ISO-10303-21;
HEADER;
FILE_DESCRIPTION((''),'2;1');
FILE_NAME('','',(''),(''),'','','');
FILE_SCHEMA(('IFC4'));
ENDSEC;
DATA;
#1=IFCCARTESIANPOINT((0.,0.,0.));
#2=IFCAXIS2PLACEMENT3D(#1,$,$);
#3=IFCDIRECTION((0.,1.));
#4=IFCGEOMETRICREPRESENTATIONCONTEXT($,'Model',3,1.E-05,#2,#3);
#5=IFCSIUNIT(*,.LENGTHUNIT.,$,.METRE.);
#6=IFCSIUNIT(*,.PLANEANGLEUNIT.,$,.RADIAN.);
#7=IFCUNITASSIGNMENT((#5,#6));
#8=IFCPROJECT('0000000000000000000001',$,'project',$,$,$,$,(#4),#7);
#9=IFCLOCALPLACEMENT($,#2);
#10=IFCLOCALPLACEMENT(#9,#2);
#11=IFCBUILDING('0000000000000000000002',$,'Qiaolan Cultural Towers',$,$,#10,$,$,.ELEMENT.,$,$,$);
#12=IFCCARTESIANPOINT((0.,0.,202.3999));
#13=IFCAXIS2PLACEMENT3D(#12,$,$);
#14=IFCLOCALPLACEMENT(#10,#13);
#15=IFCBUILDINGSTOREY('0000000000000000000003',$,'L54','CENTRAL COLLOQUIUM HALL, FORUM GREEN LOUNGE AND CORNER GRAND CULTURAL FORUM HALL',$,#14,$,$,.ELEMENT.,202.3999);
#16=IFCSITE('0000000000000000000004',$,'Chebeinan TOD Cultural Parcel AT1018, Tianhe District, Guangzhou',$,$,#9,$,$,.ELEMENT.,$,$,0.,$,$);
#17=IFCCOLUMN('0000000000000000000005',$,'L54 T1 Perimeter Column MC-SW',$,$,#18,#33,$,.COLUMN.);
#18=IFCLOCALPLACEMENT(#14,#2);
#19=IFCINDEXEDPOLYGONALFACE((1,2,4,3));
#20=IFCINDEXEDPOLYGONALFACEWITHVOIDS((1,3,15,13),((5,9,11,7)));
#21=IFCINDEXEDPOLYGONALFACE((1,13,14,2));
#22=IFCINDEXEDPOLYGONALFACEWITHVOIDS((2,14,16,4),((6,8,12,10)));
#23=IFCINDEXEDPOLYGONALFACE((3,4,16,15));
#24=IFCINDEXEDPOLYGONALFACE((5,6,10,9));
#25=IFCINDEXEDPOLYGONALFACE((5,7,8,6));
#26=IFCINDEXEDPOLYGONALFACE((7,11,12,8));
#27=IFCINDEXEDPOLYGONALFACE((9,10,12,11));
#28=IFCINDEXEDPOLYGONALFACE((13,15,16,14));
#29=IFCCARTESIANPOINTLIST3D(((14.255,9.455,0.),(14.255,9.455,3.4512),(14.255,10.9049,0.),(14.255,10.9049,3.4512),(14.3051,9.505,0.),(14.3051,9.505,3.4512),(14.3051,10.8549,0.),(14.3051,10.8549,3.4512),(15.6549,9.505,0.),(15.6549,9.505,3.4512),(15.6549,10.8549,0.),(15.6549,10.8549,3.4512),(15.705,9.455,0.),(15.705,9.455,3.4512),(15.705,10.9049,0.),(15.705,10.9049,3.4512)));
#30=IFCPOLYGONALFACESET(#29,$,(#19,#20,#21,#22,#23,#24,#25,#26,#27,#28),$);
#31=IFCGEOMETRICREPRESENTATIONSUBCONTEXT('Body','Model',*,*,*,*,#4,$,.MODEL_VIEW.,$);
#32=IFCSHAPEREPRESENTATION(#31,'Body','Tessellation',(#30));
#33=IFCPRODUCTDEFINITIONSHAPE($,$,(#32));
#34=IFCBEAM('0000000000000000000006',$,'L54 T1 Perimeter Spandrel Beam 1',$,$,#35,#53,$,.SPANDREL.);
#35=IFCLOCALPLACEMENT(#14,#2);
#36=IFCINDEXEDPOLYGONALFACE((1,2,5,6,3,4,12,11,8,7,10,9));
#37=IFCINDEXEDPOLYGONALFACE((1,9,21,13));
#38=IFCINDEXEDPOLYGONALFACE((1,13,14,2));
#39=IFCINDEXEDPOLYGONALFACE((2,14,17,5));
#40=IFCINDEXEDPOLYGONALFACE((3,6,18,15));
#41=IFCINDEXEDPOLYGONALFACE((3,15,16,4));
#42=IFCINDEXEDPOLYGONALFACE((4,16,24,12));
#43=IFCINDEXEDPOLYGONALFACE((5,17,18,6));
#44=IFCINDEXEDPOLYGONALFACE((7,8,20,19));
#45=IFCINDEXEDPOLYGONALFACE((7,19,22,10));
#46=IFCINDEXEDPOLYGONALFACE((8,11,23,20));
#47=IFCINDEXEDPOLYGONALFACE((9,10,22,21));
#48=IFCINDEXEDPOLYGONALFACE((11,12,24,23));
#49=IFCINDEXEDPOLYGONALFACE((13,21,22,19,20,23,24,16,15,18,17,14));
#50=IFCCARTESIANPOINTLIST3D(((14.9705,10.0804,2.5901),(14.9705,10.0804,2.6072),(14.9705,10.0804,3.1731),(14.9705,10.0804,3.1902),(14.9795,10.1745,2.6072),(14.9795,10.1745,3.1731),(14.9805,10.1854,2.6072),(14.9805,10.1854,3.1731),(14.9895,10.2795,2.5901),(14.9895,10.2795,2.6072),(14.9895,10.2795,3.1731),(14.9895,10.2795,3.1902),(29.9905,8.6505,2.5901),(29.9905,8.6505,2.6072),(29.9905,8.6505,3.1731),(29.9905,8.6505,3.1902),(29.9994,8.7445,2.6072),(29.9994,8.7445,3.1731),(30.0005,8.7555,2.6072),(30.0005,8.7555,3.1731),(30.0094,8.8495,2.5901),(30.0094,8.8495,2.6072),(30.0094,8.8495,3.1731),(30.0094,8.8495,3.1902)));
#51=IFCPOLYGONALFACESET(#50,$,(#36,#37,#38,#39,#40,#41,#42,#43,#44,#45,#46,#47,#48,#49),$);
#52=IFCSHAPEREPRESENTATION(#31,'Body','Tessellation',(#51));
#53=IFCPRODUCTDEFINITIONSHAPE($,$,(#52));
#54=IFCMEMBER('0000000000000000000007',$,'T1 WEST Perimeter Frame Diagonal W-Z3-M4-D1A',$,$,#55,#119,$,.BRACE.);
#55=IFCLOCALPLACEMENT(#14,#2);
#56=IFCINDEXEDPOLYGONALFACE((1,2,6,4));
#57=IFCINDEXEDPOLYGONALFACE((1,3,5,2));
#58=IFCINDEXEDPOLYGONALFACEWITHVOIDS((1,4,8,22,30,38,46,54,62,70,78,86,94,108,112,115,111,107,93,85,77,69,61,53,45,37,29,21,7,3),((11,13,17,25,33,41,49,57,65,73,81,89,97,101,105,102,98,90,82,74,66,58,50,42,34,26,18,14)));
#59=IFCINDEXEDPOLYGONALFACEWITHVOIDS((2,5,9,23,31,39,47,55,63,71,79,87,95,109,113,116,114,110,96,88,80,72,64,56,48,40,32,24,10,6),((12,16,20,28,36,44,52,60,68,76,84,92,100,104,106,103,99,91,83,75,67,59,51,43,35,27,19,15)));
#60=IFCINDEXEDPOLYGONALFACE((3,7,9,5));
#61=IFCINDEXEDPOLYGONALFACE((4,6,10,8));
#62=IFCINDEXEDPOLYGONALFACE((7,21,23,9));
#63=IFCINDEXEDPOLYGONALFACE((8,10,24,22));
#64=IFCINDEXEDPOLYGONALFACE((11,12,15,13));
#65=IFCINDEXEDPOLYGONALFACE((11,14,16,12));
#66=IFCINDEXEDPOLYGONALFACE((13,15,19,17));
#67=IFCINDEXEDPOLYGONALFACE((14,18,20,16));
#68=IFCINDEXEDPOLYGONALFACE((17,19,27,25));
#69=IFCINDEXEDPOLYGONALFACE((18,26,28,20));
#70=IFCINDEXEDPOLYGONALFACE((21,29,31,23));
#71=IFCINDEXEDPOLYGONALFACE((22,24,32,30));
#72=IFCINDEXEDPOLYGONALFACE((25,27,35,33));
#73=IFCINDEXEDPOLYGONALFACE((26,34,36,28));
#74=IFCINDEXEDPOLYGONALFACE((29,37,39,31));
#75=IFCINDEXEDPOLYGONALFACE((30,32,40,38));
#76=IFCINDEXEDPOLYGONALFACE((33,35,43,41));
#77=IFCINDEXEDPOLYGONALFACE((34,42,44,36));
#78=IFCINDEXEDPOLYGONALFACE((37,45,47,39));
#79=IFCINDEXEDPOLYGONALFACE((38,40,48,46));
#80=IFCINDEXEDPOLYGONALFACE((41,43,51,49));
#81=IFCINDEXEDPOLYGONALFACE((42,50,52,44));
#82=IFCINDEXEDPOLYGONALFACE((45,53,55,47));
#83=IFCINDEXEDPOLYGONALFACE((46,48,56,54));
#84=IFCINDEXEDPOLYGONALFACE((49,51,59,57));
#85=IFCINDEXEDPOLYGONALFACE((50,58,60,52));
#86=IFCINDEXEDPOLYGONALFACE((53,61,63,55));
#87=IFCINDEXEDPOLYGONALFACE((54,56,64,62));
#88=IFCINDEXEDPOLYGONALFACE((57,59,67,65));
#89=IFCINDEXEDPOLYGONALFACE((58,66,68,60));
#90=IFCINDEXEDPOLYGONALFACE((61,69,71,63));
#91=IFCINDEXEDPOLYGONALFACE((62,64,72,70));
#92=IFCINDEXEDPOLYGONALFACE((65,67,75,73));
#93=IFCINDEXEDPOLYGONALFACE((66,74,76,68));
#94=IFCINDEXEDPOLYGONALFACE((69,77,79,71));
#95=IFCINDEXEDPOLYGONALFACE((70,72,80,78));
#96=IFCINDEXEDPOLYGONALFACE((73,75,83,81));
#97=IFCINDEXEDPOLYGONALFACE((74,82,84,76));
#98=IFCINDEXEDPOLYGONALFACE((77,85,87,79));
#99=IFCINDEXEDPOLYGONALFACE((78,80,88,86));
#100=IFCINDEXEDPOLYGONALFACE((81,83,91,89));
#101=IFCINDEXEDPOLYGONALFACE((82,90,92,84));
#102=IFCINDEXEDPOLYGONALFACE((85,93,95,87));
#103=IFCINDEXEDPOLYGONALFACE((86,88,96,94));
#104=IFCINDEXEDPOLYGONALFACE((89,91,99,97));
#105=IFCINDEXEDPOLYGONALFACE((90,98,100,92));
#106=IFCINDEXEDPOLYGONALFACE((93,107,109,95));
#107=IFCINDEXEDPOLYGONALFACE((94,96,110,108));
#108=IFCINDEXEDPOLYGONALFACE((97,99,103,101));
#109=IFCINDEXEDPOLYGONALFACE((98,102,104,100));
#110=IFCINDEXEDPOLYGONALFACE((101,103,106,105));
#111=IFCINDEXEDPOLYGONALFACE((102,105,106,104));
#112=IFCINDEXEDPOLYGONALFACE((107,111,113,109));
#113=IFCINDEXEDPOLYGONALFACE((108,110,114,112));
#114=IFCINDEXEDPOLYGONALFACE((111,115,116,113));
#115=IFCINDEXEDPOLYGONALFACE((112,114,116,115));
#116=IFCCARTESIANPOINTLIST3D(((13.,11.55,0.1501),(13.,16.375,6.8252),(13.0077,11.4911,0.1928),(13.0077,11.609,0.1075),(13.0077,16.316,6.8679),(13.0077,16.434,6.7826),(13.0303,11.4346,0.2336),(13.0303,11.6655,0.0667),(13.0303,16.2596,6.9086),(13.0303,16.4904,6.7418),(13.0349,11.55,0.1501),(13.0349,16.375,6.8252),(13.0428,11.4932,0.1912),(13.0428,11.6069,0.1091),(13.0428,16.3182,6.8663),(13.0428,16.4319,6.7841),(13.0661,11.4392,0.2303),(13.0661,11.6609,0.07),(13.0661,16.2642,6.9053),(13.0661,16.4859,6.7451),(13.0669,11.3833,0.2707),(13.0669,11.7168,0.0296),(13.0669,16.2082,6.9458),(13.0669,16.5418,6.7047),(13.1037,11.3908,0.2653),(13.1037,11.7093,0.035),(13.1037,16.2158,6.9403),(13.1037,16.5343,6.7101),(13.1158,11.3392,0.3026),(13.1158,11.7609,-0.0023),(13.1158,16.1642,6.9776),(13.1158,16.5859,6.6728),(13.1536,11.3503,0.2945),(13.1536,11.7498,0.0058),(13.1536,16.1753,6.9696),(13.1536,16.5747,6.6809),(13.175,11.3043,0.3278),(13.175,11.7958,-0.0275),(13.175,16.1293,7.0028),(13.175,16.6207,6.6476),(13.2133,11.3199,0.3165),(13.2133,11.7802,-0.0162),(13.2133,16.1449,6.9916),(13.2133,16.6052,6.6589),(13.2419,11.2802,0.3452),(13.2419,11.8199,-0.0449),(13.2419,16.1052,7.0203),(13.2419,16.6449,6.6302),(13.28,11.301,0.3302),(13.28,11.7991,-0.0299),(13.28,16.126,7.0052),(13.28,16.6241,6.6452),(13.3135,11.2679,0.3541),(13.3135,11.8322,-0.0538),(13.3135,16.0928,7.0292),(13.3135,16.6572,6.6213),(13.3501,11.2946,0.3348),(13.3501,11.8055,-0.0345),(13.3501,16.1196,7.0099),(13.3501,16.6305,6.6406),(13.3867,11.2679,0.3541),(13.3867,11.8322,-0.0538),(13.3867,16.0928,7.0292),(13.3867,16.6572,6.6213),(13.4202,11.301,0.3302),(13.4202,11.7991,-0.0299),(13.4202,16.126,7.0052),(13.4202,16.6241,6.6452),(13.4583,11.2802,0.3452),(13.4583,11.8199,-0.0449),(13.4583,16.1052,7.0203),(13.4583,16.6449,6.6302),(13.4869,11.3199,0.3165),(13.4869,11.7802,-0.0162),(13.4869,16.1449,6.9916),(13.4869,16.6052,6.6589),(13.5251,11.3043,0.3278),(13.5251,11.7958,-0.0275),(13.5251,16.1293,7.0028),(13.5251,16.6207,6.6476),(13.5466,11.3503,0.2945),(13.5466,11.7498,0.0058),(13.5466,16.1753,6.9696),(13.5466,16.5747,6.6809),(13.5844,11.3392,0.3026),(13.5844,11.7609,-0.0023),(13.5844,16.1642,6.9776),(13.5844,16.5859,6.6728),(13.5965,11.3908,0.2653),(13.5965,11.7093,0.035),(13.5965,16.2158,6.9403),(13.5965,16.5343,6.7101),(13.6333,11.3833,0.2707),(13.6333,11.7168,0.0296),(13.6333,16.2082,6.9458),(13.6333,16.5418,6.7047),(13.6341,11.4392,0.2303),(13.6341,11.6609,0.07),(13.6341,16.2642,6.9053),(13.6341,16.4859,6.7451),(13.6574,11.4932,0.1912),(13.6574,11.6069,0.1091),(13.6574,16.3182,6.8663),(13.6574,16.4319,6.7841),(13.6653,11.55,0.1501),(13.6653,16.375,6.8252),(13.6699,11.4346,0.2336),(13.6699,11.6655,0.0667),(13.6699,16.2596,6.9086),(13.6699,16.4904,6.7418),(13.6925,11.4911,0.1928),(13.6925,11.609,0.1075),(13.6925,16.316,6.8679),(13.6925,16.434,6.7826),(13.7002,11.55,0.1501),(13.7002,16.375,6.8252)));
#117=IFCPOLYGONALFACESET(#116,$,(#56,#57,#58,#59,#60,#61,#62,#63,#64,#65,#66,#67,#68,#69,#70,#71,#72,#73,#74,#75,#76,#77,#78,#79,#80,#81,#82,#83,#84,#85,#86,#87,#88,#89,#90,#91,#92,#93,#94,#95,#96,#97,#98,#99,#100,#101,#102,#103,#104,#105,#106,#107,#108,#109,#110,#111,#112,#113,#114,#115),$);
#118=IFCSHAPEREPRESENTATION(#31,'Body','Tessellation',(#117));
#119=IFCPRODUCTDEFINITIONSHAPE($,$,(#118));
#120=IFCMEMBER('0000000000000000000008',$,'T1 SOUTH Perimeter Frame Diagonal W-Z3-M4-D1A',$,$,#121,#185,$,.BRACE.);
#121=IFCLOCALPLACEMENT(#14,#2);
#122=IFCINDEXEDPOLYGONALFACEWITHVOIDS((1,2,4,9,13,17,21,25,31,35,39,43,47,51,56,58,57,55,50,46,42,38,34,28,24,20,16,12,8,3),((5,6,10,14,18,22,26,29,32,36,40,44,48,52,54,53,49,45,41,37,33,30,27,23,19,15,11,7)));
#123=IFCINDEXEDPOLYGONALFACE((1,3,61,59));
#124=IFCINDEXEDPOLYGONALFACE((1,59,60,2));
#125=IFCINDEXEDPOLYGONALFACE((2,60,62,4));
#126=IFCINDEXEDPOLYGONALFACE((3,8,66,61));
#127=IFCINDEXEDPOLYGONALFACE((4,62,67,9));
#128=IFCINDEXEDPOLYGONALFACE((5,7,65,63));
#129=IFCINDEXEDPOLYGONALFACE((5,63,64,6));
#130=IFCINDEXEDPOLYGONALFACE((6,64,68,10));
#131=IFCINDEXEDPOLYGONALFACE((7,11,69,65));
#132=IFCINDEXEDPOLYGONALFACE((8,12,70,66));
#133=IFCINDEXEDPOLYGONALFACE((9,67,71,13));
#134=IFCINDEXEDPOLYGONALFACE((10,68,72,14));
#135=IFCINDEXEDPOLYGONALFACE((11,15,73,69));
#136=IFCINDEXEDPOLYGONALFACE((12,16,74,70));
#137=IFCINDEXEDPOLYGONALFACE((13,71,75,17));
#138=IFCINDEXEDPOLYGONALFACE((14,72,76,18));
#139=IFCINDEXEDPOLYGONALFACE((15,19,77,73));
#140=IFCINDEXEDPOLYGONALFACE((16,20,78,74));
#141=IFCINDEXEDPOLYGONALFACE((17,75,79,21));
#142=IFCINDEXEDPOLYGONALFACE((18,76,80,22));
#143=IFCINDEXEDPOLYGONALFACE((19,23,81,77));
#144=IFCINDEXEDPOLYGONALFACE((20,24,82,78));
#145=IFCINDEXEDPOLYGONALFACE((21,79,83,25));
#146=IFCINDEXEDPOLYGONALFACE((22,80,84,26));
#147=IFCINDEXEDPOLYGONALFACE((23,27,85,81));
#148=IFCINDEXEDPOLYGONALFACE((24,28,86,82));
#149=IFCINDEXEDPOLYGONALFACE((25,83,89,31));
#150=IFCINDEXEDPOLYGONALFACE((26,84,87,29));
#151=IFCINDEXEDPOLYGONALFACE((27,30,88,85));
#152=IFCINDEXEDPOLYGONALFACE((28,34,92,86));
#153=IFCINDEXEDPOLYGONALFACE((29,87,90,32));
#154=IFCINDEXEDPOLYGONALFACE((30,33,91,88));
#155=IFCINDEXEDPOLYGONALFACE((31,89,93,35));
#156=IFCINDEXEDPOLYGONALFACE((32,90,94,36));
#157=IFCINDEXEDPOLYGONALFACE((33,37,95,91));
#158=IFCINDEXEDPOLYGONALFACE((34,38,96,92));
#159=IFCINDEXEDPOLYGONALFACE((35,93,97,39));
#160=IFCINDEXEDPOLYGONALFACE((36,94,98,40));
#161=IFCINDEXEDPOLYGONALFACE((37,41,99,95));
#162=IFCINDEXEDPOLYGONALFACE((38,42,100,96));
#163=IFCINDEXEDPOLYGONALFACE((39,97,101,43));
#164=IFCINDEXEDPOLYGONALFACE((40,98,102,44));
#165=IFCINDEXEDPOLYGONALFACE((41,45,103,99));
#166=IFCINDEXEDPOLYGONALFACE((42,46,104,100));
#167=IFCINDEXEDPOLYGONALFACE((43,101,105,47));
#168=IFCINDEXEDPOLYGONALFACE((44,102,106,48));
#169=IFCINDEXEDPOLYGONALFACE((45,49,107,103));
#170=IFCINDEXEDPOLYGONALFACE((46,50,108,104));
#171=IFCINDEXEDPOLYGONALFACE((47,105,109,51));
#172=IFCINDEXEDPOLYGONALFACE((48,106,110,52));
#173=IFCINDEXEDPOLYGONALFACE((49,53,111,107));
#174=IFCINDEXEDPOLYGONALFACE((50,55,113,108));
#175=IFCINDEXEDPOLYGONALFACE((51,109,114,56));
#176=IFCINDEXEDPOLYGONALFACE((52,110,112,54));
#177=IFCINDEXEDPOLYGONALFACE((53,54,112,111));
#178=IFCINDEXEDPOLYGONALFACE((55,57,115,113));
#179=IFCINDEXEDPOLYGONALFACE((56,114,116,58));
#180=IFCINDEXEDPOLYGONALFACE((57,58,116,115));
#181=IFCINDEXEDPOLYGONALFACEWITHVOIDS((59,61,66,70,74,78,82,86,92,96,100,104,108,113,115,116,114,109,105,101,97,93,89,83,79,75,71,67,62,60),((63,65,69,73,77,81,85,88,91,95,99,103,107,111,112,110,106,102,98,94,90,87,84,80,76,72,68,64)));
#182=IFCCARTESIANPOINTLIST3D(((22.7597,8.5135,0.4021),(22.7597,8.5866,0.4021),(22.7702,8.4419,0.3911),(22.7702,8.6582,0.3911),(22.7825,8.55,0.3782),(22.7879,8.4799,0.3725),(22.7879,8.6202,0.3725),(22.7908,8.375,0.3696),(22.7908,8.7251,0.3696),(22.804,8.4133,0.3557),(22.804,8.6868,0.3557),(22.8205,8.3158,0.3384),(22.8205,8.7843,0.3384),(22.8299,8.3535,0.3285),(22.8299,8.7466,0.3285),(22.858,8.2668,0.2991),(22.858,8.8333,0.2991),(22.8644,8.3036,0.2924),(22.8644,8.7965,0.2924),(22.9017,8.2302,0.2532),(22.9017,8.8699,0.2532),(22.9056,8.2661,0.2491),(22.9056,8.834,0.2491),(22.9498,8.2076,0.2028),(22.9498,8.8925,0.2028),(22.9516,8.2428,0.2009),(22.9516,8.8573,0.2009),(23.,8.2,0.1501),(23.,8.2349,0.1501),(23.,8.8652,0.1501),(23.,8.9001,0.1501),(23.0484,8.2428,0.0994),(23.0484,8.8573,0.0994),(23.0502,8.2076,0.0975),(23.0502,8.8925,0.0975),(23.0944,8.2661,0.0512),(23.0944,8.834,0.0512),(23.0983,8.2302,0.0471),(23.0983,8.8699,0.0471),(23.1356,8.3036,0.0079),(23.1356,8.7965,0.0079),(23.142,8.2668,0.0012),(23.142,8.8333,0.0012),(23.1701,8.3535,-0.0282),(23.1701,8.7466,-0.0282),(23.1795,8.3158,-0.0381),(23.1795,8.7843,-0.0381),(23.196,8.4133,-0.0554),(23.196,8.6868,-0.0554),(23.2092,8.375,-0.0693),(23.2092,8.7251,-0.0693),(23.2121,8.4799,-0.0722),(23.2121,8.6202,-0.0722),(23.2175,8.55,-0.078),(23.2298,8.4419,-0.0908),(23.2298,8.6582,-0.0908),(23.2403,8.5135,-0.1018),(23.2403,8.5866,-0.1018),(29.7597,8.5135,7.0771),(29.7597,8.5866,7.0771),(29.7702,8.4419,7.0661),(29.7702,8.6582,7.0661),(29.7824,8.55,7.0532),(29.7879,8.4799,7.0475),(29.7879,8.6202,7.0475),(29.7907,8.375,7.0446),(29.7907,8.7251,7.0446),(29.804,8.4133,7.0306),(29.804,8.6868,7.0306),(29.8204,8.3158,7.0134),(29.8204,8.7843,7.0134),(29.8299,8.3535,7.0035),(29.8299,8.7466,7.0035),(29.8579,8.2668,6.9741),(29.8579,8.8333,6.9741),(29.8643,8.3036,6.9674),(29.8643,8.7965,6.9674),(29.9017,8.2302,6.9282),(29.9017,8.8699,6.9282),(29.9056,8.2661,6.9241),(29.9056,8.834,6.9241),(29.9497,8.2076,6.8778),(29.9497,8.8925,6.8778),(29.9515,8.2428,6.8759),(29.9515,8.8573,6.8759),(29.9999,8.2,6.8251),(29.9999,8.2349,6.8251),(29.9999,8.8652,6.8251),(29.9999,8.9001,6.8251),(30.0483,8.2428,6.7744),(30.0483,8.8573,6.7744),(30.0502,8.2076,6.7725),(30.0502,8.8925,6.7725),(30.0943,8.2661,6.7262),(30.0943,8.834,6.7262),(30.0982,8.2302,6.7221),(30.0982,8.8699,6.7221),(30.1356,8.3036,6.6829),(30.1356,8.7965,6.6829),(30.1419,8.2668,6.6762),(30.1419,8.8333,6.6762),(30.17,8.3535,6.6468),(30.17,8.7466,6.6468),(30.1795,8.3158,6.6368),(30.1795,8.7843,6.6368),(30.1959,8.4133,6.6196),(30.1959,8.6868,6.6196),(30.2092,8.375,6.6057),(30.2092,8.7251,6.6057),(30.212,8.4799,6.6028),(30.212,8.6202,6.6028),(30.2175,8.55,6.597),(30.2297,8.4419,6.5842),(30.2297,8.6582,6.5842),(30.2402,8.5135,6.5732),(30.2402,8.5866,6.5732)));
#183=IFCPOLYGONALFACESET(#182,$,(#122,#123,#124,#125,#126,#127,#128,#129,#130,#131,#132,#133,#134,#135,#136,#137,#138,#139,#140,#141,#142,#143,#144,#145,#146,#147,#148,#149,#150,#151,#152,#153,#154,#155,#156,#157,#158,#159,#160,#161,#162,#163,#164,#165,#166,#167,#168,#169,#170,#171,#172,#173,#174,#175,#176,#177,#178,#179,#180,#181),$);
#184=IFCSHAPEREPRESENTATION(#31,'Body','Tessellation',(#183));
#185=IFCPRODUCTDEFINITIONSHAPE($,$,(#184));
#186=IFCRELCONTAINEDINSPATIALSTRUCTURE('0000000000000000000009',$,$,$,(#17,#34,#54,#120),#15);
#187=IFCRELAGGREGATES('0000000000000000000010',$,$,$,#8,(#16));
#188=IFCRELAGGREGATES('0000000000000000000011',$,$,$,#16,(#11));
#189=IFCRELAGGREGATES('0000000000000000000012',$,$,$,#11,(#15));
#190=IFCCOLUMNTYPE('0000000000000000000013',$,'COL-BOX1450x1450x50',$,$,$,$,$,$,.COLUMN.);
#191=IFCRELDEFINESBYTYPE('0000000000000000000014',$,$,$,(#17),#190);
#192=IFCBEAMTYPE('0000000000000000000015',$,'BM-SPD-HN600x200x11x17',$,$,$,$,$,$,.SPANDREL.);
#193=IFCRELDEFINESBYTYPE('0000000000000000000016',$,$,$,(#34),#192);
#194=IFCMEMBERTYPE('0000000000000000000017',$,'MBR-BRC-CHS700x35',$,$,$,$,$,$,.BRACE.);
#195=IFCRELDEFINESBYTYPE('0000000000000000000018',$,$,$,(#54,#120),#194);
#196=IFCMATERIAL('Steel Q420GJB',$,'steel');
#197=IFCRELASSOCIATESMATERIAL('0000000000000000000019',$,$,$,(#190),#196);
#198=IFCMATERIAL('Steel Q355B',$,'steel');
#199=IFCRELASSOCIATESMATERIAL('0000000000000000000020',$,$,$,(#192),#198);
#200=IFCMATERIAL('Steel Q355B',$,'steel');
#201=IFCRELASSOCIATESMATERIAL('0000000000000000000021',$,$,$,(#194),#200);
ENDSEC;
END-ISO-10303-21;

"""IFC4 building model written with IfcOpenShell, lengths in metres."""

from ifc_helpers import new_model, si_unit, direction, frame, origin, origin_2d, place, context, subcontext, project, spatial, hollow_rectangle, hollow_circle, i_section, extrude, material, material_profile, profile_set, type_object, element, save


model = new_model("IFC4")

# Units and contexts
model_context = context("Model", 3, precision=1e-05, world=origin(), true_north=direction((0.0, 1.0)))
body_context = subcontext(model_context, "Body", "Model", "MODEL_VIEW")
ifc_project = project(units=[si_unit("LENGTHUNIT", "METRE"), si_unit("PLANEANGLEUNIT", "RADIAN")], contexts=[model_context])

# Site, building, storey
site_placement = place(None, origin())
site = spatial("IfcSite", under=ifc_project, at=site_placement, Name="Chebeinan TOD Cultural Parcel AT1018, Tianhe District, Guangzhou", CompositionType="ELEMENT", RefElevation=0.0)
building_placement = place(site_placement, origin())
building = spatial("IfcBuilding", under=site, at=building_placement, Name="Qiaolan Cultural Towers", CompositionType="ELEMENT")
storey_placement = place(building_placement, frame((0.0, 0.0, 202.3999)))
storey = spatial("IfcBuildingStorey", under=building, at=storey_placement, Name="L54", Description="CENTRAL COLLOQUIUM HALL, FORUM GREEN LOUNGE AND CORNER GRAND CULTURAL FORUM HALL", CompositionType="ELEMENT", Elevation=202.3999)

# Column
ifc_material_1 = material(Name="Steel Q420GJB", Category="steel")
ifc_material_profile_1 = material_profile(ifc_material_1, hollow_rectangle(XDim=1.45, YDim=1.45, WallThickness=0.05, at=origin_2d()), Name="BOX1450x1450x50")
ifc_profile_set_1 = profile_set([ifc_material_profile_1], Name="Steel Q420GJB")
column_type = type_object("IfcColumnType", Name="COL-BOX1450x1450x50", PredefinedType="COLUMN", material=ifc_profile_set_1)
column_placement = place(storey_placement, frame((14.98, 10.1799, 0.0), z_axis=(0.0, 0.0, 1.0), x_axis=(1.0, 0.0, 0.0)))
element("IfcColumn", 1, at=column_placement, inside=storey, type_object=column_type, Name="L54 T1 Perimeter Column MC-SW", PredefinedType="COLUMN", context=body_context, shape_type="SweptSolid", body=[
    extrude(hollow_rectangle(XDim=1.45, YDim=1.45, WallThickness=0.05, at=origin_2d()), origin(), (0.0, 0.0, 1.0), 3.4512),
])

# Beam
ifc_material_2 = material(Name="Steel Q355B", Category="steel")
ifc_material_profile_2 = material_profile(ifc_material_2, i_section(OverallWidth=0.2, OverallDepth=0.6001, WebThickness=0.011, FlangeThickness=0.0171, at=origin_2d()), Name="HN600x200x11x17")
ifc_profile_set_2 = profile_set([ifc_material_profile_2], Name="Steel Q355B")
beam_type = type_object("IfcBeamType", Name="BM-SPD-HN600x200x11x17", PredefinedType="SPANDREL", material=ifc_profile_set_2)
beam_placement = place(storey_placement, frame((14.98, 10.1799, 2.8901), z_axis=(0.995499, -0.094773, 0.0), x_axis=(0.094773, 0.995499, 0.0)))
element("IfcBeam", 2, at=beam_placement, inside=storey, type_object=beam_type, Name="L54 T1 Perimeter Spandrel Beam 1", PredefinedType="SPANDREL", context=body_context, shape_type="SweptSolid", body=[
    extrude(i_section(OverallWidth=0.2, OverallDepth=0.6001, WebThickness=0.011, FlangeThickness=0.0171, at=origin_2d()), origin(), (0.0, 0.0, 1.0), 15.0879),
])

# Members
ifc_material_3 = material(Name="Steel Q355B", Category="steel")
ifc_material_profile_3 = material_profile(ifc_material_3, hollow_circle(Radius=0.3501, WallThickness=0.0349, at=origin_2d()), Name="CHS700x35")
ifc_profile_set_3 = profile_set([ifc_material_profile_3], Name="Steel Q355B")
member_type = type_object("IfcMemberType", Name="MBR-BRC-CHS700x35", PredefinedType="BRACE", material=ifc_profile_set_3)
member_1_placement = place(storey_placement, frame((13.3501, 11.55, 0.1501), z_axis=(0.0, 0.585816, 0.810444), x_axis=(-1.0, 0.0, 0.0)))
element("IfcMember", 3, at=member_1_placement, inside=storey, type_object=member_type, Name="T1 WEST Perimeter Frame Diagonal W-Z3-M4-D1A", PredefinedType="BRACE", context=body_context, shape_type="SweptSolid", body=[
    extrude(hollow_circle(Radius=0.3501, WallThickness=0.0349, at=origin_2d()), origin(), (0.0, 0.0, 1.0), 8.2363),
])
member_2_placement = place(storey_placement, frame((23.0, 8.55, 0.1501), z_axis=(0.723705, 0.0, 0.690109), x_axis=(0.0, 1.0, 0.0)))
element("IfcMember", 4, at=member_2_placement, inside=storey, type_object=member_type, Name="T1 SOUTH Perimeter Frame Diagonal W-Z3-M4-D1A", PredefinedType="BRACE", context=body_context, shape_type="SweptSolid", body=[
    extrude(hollow_circle(Radius=0.3501, WallThickness=0.0349, at=origin_2d()), origin(), (0.0, 0.0, 1.0), 9.6724),
])

save(model, "model.ifc")
